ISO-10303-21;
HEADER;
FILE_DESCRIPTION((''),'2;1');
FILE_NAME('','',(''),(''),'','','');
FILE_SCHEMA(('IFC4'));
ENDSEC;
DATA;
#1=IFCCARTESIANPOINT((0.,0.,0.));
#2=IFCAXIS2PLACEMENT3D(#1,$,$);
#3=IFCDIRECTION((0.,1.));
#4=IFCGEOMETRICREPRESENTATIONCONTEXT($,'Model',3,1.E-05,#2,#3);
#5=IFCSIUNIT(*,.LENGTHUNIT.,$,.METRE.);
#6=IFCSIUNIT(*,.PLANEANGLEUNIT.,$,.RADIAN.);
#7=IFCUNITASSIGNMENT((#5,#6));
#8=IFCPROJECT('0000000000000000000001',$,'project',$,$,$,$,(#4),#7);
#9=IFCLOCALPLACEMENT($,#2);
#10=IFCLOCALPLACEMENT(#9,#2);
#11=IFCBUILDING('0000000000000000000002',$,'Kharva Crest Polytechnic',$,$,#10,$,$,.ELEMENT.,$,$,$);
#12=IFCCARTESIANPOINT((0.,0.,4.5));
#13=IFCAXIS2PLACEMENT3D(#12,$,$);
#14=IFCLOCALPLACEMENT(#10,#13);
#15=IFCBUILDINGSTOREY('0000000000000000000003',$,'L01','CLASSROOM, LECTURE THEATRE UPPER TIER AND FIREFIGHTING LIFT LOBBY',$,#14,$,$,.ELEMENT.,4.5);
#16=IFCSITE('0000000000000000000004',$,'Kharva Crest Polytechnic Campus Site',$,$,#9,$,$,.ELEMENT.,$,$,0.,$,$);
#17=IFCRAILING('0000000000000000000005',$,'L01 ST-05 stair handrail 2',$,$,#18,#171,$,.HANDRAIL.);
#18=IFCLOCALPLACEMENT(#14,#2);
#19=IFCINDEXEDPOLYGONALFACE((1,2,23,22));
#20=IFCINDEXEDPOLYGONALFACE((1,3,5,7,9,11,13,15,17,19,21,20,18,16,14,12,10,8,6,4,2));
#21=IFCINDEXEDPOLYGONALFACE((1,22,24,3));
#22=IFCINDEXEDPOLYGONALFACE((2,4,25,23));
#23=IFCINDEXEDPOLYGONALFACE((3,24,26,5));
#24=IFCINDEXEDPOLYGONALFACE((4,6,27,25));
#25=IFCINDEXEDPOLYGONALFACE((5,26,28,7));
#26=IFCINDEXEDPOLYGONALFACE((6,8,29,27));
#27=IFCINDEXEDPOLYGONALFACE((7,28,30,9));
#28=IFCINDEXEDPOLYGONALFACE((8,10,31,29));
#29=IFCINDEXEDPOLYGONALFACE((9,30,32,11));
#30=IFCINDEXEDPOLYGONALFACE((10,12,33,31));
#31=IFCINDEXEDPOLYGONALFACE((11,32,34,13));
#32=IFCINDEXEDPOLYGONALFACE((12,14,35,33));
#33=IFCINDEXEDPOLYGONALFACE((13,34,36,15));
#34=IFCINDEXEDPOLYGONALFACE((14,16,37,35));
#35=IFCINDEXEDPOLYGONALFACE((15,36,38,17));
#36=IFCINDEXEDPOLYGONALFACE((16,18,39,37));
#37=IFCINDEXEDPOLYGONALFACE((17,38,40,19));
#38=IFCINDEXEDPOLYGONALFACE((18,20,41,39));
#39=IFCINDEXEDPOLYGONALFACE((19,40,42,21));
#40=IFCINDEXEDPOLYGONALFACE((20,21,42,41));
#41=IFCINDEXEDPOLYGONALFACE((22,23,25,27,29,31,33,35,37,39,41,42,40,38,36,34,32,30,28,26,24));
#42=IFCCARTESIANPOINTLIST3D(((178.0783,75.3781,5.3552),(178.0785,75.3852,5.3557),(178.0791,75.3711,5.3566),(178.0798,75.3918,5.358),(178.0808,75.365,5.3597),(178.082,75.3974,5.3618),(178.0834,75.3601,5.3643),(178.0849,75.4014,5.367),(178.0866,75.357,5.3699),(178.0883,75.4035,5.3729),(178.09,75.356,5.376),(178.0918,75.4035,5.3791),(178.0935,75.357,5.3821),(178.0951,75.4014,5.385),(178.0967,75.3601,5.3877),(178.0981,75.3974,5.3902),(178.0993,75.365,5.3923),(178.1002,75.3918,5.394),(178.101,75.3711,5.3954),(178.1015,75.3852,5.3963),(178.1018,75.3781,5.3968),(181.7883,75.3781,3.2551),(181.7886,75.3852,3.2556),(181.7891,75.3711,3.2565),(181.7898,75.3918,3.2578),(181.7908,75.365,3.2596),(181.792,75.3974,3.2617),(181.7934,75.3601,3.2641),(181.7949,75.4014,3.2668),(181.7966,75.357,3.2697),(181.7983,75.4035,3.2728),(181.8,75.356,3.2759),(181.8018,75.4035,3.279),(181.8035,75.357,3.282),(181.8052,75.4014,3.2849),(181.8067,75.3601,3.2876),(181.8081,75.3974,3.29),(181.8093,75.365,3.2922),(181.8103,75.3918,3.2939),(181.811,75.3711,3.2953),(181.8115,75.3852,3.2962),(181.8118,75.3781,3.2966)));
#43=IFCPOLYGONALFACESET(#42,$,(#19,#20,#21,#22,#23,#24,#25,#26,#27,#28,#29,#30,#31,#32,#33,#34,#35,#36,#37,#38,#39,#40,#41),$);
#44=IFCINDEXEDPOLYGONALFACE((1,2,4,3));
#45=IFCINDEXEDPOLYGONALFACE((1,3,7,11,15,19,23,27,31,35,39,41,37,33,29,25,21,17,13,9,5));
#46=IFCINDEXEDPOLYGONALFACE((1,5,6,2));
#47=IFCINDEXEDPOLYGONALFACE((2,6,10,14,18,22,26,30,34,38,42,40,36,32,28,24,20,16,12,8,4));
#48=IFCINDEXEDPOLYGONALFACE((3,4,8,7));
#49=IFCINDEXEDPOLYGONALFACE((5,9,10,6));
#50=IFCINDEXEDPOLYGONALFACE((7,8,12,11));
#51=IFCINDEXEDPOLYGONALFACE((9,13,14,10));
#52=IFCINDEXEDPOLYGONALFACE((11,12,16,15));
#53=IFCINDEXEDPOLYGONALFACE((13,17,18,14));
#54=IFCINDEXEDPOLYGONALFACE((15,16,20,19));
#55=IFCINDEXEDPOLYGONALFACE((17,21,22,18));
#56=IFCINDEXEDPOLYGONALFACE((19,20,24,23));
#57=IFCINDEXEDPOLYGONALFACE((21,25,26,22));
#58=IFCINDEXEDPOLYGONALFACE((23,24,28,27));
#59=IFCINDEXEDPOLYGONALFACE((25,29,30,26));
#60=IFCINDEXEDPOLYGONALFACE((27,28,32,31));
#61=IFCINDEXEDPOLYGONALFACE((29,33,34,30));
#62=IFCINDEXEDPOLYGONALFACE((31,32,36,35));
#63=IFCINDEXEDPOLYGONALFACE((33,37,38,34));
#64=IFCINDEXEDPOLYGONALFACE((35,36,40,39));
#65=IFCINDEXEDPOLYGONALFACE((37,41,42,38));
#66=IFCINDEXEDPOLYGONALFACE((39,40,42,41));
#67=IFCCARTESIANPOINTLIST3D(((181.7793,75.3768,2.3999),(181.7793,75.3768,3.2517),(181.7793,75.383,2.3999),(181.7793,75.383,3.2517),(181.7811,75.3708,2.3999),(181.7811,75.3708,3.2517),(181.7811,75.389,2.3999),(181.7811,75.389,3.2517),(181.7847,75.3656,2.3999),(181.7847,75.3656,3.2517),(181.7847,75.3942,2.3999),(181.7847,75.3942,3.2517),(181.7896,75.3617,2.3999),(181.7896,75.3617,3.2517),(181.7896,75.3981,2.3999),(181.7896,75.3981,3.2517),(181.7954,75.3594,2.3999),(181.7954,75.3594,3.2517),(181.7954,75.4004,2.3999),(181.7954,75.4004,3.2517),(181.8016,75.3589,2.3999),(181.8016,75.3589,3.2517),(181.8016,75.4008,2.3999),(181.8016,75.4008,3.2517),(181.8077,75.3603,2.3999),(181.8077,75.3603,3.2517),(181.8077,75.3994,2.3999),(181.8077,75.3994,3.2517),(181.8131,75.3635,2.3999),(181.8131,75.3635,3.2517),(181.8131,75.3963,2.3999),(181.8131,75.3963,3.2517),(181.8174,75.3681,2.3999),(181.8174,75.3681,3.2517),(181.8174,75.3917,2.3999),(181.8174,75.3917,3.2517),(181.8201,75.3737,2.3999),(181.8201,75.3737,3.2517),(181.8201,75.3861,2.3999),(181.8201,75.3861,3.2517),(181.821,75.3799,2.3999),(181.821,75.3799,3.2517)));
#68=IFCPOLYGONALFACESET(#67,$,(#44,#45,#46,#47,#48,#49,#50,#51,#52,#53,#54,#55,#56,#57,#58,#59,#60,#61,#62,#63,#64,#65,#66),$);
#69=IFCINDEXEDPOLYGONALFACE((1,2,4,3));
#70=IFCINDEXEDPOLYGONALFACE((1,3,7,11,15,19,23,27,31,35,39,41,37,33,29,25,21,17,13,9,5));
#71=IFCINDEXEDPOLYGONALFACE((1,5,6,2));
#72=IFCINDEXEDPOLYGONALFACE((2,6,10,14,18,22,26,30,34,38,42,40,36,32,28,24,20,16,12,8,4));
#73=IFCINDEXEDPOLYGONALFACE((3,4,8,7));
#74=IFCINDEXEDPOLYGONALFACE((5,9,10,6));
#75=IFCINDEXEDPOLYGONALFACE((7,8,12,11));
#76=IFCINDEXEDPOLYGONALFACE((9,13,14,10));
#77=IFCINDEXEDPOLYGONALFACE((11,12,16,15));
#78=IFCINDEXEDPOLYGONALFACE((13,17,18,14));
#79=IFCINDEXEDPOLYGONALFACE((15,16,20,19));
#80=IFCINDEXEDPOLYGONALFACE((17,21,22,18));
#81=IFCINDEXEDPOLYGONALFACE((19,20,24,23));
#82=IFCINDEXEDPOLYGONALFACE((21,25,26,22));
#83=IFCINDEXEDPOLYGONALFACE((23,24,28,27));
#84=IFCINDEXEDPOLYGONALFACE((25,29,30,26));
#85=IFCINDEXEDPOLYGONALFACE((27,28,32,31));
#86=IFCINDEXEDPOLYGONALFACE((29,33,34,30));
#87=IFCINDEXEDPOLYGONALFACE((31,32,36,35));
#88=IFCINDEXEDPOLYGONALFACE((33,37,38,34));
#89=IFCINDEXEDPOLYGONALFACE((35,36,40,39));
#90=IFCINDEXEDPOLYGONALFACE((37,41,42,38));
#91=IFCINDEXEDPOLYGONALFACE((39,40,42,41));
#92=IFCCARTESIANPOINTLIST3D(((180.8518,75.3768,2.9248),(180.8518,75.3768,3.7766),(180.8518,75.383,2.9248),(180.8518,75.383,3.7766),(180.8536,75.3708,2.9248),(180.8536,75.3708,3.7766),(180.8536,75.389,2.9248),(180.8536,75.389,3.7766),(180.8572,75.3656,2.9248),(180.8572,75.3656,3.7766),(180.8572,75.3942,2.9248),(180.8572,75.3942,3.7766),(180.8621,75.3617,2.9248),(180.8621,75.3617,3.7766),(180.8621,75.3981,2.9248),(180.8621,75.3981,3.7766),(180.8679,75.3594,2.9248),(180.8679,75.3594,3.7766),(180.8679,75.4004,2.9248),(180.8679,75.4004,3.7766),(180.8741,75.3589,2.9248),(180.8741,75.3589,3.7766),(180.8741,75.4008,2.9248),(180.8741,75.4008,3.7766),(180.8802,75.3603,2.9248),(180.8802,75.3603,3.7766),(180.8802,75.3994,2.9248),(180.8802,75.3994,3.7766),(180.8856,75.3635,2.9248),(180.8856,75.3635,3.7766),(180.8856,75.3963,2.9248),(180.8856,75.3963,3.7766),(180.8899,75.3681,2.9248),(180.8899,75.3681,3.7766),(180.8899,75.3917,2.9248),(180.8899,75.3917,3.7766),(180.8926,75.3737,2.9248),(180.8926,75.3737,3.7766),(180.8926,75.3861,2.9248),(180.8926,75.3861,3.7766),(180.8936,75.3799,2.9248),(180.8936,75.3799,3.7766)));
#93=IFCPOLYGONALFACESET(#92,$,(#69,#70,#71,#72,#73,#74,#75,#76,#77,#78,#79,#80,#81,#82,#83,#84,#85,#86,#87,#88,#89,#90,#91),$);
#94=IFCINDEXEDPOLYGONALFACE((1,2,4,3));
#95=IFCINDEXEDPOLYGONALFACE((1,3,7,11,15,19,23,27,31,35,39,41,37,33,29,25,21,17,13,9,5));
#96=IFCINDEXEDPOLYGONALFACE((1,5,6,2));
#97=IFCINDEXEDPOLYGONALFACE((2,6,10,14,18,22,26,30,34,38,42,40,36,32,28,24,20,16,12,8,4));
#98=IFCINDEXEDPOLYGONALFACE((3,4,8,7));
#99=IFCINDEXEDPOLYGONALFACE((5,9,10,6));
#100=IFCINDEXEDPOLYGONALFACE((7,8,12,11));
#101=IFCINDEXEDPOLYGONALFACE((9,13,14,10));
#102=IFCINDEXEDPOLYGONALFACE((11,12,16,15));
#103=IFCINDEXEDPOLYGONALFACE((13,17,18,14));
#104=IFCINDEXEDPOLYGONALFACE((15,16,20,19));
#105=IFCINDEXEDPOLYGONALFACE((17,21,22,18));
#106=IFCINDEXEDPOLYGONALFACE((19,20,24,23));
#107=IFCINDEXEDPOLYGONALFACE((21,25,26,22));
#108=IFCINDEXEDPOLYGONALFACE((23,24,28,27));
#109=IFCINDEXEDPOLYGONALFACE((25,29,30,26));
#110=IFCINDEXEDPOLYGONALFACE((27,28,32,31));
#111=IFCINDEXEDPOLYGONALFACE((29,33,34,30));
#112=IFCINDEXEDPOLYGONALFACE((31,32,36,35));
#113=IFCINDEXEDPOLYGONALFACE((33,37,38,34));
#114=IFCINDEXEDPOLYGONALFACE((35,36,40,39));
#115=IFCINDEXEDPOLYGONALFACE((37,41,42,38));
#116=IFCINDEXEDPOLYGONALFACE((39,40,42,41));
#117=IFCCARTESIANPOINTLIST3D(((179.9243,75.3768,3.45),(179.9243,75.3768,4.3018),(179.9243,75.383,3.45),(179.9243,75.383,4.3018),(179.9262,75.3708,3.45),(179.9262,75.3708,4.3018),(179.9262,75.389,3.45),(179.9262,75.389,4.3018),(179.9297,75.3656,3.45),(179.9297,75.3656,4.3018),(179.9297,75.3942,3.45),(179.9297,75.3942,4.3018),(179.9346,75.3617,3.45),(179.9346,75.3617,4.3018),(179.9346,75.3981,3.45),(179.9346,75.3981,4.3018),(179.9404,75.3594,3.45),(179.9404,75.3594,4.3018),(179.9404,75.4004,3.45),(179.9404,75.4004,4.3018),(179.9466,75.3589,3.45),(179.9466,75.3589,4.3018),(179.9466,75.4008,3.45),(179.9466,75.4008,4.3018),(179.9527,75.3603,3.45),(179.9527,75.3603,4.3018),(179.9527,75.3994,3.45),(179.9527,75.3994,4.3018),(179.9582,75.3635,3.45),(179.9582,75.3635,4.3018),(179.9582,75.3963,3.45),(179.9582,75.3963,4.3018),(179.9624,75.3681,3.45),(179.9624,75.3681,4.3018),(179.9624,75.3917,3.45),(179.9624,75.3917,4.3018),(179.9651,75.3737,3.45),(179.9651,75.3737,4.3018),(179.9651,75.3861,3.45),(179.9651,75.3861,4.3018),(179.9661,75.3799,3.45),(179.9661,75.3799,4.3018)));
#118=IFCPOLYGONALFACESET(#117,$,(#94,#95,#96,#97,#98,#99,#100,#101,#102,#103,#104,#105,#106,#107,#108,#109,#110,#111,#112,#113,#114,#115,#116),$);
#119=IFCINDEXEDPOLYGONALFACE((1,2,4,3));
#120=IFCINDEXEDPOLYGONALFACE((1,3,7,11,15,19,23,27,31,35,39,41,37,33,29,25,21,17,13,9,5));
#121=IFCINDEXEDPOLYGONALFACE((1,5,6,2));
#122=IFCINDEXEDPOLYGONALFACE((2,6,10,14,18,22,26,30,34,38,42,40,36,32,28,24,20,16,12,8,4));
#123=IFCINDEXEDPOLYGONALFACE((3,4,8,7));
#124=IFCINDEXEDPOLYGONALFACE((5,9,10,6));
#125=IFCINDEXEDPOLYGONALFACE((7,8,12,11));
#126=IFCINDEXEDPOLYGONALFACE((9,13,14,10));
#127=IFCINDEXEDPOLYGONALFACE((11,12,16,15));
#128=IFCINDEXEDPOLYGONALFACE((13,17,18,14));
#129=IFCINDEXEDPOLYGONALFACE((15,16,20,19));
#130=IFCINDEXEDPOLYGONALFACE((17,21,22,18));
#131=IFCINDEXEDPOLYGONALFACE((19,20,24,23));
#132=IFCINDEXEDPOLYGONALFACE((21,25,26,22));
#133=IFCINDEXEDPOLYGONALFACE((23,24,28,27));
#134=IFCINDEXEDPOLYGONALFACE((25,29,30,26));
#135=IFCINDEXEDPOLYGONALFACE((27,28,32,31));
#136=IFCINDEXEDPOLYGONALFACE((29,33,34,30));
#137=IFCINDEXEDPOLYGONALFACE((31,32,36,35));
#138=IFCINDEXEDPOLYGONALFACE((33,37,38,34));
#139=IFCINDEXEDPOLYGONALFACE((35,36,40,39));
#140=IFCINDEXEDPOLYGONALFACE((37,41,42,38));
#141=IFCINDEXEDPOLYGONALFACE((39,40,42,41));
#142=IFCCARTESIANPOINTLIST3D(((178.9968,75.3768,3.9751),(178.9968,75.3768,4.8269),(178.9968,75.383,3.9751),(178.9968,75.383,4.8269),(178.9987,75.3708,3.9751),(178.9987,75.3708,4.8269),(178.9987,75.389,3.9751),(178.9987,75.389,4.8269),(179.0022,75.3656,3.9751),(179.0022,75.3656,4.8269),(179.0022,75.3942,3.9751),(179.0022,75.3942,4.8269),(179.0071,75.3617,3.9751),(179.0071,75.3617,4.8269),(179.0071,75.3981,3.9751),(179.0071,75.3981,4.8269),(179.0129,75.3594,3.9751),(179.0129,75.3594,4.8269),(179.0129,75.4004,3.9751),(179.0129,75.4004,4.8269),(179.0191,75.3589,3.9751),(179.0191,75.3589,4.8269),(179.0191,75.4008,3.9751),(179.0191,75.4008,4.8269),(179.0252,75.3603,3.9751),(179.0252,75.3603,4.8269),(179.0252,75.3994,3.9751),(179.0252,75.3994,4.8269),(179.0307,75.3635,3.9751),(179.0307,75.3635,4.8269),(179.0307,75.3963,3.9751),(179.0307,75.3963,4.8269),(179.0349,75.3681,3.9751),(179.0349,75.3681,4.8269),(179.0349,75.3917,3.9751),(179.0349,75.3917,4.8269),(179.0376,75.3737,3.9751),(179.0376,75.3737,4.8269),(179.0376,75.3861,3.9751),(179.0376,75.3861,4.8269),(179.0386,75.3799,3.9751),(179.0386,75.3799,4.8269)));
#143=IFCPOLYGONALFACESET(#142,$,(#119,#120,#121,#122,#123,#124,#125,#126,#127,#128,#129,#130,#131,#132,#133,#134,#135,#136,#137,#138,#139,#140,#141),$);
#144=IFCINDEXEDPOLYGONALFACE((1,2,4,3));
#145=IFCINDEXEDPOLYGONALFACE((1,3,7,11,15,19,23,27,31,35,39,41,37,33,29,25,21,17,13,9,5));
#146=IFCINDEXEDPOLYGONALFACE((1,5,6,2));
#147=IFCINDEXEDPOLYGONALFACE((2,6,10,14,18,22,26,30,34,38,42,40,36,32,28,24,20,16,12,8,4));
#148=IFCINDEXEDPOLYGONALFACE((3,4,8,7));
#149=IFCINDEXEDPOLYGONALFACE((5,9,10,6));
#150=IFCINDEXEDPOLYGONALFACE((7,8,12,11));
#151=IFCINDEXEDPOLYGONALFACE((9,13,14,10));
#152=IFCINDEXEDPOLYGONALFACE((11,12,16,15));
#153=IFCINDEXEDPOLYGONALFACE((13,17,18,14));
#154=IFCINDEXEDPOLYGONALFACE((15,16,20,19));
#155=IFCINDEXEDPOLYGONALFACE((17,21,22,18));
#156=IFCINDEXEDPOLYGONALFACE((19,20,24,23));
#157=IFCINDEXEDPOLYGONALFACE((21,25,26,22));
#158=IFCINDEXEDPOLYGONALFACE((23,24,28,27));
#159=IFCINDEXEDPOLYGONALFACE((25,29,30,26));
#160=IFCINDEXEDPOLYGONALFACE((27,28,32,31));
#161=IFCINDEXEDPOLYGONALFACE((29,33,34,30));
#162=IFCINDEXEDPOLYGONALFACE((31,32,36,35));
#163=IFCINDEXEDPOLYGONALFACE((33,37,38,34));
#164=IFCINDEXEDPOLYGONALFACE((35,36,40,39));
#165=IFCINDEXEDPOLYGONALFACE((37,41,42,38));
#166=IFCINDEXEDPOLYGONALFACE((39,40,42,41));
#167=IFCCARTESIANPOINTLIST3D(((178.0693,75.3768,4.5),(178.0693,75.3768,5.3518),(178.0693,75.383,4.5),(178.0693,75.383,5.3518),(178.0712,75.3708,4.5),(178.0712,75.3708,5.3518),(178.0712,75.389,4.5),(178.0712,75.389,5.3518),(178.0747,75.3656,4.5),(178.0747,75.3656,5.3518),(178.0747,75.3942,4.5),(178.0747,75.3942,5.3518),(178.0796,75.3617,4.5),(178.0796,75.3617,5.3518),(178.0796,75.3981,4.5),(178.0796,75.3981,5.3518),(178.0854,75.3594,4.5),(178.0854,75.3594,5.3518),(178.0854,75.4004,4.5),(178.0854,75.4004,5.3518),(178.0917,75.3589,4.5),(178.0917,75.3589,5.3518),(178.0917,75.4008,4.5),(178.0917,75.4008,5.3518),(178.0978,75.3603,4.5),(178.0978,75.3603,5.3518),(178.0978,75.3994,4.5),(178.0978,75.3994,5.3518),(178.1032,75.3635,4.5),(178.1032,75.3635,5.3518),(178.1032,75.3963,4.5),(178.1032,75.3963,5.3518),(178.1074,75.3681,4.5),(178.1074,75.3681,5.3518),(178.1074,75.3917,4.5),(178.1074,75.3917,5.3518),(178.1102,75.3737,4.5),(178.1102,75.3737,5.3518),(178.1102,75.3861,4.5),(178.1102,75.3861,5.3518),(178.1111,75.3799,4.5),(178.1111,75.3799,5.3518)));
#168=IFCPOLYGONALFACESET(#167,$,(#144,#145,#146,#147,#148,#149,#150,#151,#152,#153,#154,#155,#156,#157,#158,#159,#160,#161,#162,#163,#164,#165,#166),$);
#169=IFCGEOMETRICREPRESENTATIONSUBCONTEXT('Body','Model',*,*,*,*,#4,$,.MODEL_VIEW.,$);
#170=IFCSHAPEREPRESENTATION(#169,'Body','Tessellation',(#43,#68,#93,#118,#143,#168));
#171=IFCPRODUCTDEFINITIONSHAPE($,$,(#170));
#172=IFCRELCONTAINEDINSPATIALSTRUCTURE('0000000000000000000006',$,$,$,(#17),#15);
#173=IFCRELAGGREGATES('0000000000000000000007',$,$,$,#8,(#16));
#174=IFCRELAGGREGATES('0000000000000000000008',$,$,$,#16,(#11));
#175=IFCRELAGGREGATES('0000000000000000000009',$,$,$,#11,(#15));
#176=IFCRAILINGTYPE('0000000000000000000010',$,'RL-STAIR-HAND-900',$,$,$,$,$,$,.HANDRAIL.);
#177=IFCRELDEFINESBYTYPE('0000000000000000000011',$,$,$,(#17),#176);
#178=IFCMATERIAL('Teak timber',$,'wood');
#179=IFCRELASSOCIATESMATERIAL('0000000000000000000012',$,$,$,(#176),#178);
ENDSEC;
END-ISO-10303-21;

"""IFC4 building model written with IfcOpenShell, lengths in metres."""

from ifc_helpers import new_model, si_unit, direction, frame, origin, origin_2d, place, context, subcontext, project, spatial, circle, extrude, material, type_object, element, save


model = new_model("IFC4")

# Units and contexts
model_context = context("Model", 3, precision=1e-05, world=origin(), true_north=direction((0.0, 1.0)))
body_context = subcontext(model_context, "Body", "Model", "MODEL_VIEW")
ifc_project = project(units=[si_unit("LENGTHUNIT", "METRE"), si_unit("PLANEANGLEUNIT", "RADIAN")], contexts=[model_context])

# Site, building, storey
site_placement = place(None, origin())
site = spatial("IfcSite", under=ifc_project, at=site_placement, Name="Kharva Crest Polytechnic Campus Site", CompositionType="ELEMENT", RefElevation=0.0)
building_placement = place(site_placement, origin())
building = spatial("IfcBuilding", under=site, at=building_placement, Name="Kharva Crest Polytechnic", CompositionType="ELEMENT")
storey_placement = place(building_placement, frame((0.0, 0.0, 4.5)))
storey = spatial("IfcBuildingStorey", under=building, at=storey_placement, Name="L01", Description="CLASSROOM, LECTURE THEATRE UPPER TIER AND FIREFIGHTING LIFT LOBBY", CompositionType="ELEMENT", Elevation=4.5)

# Shared definitions
ifc_material_1 = material(Name="Teak timber", Category="wood")

# Railing
railing_type_1 = type_object("IfcRailingType", Name="RL-STAIR-HAND-900", PredefinedType="HANDRAIL", material=ifc_material_1)
railing_1_placement = place(storey_placement, frame((181.8, 75.3799, 2.3999)))
element("IfcRailing", 1, at=railing_1_placement, inside=storey, type_object=railing_type_1, Name="L01 ST-05 stair handrail 2", PredefinedType="HANDRAIL", context=body_context, shape_type="SweptSolid", body=[
    extrude(circle(Radius=0.0239, at=origin_2d()), frame((0.0, 0.0, 0.876), z_axis=(-0.870245, 0.0, 0.492619), x_axis=(0.0, -1.0, 0.0)), (0.0, 0.0, 1.0), 4.2632),
    extrude(circle(Radius=0.021, at=origin_2d()), origin(), (0.0, 0.0, 1.0), 0.8518),
    extrude(circle(Radius=0.021, at=origin_2d()), frame((-0.9275, 0.0, 0.5249)), (0.0, 0.0, 1.0), 0.8518),
    extrude(circle(Radius=0.021, at=origin_2d()), frame((-1.855, 0.0, 1.05)), (0.0, 0.0, 1.0), 0.8518),
    extrude(circle(Radius=0.021, at=origin_2d()), frame((-2.7825, 0.0, 1.5752)), (0.0, 0.0, 1.0), 0.8518),
    extrude(circle(Radius=0.021, at=origin_2d()), frame((-3.71, 0.0, 2.1001)), (0.0, 0.0, 1.0), 0.8518),
])

save(model, "model.ifc")
